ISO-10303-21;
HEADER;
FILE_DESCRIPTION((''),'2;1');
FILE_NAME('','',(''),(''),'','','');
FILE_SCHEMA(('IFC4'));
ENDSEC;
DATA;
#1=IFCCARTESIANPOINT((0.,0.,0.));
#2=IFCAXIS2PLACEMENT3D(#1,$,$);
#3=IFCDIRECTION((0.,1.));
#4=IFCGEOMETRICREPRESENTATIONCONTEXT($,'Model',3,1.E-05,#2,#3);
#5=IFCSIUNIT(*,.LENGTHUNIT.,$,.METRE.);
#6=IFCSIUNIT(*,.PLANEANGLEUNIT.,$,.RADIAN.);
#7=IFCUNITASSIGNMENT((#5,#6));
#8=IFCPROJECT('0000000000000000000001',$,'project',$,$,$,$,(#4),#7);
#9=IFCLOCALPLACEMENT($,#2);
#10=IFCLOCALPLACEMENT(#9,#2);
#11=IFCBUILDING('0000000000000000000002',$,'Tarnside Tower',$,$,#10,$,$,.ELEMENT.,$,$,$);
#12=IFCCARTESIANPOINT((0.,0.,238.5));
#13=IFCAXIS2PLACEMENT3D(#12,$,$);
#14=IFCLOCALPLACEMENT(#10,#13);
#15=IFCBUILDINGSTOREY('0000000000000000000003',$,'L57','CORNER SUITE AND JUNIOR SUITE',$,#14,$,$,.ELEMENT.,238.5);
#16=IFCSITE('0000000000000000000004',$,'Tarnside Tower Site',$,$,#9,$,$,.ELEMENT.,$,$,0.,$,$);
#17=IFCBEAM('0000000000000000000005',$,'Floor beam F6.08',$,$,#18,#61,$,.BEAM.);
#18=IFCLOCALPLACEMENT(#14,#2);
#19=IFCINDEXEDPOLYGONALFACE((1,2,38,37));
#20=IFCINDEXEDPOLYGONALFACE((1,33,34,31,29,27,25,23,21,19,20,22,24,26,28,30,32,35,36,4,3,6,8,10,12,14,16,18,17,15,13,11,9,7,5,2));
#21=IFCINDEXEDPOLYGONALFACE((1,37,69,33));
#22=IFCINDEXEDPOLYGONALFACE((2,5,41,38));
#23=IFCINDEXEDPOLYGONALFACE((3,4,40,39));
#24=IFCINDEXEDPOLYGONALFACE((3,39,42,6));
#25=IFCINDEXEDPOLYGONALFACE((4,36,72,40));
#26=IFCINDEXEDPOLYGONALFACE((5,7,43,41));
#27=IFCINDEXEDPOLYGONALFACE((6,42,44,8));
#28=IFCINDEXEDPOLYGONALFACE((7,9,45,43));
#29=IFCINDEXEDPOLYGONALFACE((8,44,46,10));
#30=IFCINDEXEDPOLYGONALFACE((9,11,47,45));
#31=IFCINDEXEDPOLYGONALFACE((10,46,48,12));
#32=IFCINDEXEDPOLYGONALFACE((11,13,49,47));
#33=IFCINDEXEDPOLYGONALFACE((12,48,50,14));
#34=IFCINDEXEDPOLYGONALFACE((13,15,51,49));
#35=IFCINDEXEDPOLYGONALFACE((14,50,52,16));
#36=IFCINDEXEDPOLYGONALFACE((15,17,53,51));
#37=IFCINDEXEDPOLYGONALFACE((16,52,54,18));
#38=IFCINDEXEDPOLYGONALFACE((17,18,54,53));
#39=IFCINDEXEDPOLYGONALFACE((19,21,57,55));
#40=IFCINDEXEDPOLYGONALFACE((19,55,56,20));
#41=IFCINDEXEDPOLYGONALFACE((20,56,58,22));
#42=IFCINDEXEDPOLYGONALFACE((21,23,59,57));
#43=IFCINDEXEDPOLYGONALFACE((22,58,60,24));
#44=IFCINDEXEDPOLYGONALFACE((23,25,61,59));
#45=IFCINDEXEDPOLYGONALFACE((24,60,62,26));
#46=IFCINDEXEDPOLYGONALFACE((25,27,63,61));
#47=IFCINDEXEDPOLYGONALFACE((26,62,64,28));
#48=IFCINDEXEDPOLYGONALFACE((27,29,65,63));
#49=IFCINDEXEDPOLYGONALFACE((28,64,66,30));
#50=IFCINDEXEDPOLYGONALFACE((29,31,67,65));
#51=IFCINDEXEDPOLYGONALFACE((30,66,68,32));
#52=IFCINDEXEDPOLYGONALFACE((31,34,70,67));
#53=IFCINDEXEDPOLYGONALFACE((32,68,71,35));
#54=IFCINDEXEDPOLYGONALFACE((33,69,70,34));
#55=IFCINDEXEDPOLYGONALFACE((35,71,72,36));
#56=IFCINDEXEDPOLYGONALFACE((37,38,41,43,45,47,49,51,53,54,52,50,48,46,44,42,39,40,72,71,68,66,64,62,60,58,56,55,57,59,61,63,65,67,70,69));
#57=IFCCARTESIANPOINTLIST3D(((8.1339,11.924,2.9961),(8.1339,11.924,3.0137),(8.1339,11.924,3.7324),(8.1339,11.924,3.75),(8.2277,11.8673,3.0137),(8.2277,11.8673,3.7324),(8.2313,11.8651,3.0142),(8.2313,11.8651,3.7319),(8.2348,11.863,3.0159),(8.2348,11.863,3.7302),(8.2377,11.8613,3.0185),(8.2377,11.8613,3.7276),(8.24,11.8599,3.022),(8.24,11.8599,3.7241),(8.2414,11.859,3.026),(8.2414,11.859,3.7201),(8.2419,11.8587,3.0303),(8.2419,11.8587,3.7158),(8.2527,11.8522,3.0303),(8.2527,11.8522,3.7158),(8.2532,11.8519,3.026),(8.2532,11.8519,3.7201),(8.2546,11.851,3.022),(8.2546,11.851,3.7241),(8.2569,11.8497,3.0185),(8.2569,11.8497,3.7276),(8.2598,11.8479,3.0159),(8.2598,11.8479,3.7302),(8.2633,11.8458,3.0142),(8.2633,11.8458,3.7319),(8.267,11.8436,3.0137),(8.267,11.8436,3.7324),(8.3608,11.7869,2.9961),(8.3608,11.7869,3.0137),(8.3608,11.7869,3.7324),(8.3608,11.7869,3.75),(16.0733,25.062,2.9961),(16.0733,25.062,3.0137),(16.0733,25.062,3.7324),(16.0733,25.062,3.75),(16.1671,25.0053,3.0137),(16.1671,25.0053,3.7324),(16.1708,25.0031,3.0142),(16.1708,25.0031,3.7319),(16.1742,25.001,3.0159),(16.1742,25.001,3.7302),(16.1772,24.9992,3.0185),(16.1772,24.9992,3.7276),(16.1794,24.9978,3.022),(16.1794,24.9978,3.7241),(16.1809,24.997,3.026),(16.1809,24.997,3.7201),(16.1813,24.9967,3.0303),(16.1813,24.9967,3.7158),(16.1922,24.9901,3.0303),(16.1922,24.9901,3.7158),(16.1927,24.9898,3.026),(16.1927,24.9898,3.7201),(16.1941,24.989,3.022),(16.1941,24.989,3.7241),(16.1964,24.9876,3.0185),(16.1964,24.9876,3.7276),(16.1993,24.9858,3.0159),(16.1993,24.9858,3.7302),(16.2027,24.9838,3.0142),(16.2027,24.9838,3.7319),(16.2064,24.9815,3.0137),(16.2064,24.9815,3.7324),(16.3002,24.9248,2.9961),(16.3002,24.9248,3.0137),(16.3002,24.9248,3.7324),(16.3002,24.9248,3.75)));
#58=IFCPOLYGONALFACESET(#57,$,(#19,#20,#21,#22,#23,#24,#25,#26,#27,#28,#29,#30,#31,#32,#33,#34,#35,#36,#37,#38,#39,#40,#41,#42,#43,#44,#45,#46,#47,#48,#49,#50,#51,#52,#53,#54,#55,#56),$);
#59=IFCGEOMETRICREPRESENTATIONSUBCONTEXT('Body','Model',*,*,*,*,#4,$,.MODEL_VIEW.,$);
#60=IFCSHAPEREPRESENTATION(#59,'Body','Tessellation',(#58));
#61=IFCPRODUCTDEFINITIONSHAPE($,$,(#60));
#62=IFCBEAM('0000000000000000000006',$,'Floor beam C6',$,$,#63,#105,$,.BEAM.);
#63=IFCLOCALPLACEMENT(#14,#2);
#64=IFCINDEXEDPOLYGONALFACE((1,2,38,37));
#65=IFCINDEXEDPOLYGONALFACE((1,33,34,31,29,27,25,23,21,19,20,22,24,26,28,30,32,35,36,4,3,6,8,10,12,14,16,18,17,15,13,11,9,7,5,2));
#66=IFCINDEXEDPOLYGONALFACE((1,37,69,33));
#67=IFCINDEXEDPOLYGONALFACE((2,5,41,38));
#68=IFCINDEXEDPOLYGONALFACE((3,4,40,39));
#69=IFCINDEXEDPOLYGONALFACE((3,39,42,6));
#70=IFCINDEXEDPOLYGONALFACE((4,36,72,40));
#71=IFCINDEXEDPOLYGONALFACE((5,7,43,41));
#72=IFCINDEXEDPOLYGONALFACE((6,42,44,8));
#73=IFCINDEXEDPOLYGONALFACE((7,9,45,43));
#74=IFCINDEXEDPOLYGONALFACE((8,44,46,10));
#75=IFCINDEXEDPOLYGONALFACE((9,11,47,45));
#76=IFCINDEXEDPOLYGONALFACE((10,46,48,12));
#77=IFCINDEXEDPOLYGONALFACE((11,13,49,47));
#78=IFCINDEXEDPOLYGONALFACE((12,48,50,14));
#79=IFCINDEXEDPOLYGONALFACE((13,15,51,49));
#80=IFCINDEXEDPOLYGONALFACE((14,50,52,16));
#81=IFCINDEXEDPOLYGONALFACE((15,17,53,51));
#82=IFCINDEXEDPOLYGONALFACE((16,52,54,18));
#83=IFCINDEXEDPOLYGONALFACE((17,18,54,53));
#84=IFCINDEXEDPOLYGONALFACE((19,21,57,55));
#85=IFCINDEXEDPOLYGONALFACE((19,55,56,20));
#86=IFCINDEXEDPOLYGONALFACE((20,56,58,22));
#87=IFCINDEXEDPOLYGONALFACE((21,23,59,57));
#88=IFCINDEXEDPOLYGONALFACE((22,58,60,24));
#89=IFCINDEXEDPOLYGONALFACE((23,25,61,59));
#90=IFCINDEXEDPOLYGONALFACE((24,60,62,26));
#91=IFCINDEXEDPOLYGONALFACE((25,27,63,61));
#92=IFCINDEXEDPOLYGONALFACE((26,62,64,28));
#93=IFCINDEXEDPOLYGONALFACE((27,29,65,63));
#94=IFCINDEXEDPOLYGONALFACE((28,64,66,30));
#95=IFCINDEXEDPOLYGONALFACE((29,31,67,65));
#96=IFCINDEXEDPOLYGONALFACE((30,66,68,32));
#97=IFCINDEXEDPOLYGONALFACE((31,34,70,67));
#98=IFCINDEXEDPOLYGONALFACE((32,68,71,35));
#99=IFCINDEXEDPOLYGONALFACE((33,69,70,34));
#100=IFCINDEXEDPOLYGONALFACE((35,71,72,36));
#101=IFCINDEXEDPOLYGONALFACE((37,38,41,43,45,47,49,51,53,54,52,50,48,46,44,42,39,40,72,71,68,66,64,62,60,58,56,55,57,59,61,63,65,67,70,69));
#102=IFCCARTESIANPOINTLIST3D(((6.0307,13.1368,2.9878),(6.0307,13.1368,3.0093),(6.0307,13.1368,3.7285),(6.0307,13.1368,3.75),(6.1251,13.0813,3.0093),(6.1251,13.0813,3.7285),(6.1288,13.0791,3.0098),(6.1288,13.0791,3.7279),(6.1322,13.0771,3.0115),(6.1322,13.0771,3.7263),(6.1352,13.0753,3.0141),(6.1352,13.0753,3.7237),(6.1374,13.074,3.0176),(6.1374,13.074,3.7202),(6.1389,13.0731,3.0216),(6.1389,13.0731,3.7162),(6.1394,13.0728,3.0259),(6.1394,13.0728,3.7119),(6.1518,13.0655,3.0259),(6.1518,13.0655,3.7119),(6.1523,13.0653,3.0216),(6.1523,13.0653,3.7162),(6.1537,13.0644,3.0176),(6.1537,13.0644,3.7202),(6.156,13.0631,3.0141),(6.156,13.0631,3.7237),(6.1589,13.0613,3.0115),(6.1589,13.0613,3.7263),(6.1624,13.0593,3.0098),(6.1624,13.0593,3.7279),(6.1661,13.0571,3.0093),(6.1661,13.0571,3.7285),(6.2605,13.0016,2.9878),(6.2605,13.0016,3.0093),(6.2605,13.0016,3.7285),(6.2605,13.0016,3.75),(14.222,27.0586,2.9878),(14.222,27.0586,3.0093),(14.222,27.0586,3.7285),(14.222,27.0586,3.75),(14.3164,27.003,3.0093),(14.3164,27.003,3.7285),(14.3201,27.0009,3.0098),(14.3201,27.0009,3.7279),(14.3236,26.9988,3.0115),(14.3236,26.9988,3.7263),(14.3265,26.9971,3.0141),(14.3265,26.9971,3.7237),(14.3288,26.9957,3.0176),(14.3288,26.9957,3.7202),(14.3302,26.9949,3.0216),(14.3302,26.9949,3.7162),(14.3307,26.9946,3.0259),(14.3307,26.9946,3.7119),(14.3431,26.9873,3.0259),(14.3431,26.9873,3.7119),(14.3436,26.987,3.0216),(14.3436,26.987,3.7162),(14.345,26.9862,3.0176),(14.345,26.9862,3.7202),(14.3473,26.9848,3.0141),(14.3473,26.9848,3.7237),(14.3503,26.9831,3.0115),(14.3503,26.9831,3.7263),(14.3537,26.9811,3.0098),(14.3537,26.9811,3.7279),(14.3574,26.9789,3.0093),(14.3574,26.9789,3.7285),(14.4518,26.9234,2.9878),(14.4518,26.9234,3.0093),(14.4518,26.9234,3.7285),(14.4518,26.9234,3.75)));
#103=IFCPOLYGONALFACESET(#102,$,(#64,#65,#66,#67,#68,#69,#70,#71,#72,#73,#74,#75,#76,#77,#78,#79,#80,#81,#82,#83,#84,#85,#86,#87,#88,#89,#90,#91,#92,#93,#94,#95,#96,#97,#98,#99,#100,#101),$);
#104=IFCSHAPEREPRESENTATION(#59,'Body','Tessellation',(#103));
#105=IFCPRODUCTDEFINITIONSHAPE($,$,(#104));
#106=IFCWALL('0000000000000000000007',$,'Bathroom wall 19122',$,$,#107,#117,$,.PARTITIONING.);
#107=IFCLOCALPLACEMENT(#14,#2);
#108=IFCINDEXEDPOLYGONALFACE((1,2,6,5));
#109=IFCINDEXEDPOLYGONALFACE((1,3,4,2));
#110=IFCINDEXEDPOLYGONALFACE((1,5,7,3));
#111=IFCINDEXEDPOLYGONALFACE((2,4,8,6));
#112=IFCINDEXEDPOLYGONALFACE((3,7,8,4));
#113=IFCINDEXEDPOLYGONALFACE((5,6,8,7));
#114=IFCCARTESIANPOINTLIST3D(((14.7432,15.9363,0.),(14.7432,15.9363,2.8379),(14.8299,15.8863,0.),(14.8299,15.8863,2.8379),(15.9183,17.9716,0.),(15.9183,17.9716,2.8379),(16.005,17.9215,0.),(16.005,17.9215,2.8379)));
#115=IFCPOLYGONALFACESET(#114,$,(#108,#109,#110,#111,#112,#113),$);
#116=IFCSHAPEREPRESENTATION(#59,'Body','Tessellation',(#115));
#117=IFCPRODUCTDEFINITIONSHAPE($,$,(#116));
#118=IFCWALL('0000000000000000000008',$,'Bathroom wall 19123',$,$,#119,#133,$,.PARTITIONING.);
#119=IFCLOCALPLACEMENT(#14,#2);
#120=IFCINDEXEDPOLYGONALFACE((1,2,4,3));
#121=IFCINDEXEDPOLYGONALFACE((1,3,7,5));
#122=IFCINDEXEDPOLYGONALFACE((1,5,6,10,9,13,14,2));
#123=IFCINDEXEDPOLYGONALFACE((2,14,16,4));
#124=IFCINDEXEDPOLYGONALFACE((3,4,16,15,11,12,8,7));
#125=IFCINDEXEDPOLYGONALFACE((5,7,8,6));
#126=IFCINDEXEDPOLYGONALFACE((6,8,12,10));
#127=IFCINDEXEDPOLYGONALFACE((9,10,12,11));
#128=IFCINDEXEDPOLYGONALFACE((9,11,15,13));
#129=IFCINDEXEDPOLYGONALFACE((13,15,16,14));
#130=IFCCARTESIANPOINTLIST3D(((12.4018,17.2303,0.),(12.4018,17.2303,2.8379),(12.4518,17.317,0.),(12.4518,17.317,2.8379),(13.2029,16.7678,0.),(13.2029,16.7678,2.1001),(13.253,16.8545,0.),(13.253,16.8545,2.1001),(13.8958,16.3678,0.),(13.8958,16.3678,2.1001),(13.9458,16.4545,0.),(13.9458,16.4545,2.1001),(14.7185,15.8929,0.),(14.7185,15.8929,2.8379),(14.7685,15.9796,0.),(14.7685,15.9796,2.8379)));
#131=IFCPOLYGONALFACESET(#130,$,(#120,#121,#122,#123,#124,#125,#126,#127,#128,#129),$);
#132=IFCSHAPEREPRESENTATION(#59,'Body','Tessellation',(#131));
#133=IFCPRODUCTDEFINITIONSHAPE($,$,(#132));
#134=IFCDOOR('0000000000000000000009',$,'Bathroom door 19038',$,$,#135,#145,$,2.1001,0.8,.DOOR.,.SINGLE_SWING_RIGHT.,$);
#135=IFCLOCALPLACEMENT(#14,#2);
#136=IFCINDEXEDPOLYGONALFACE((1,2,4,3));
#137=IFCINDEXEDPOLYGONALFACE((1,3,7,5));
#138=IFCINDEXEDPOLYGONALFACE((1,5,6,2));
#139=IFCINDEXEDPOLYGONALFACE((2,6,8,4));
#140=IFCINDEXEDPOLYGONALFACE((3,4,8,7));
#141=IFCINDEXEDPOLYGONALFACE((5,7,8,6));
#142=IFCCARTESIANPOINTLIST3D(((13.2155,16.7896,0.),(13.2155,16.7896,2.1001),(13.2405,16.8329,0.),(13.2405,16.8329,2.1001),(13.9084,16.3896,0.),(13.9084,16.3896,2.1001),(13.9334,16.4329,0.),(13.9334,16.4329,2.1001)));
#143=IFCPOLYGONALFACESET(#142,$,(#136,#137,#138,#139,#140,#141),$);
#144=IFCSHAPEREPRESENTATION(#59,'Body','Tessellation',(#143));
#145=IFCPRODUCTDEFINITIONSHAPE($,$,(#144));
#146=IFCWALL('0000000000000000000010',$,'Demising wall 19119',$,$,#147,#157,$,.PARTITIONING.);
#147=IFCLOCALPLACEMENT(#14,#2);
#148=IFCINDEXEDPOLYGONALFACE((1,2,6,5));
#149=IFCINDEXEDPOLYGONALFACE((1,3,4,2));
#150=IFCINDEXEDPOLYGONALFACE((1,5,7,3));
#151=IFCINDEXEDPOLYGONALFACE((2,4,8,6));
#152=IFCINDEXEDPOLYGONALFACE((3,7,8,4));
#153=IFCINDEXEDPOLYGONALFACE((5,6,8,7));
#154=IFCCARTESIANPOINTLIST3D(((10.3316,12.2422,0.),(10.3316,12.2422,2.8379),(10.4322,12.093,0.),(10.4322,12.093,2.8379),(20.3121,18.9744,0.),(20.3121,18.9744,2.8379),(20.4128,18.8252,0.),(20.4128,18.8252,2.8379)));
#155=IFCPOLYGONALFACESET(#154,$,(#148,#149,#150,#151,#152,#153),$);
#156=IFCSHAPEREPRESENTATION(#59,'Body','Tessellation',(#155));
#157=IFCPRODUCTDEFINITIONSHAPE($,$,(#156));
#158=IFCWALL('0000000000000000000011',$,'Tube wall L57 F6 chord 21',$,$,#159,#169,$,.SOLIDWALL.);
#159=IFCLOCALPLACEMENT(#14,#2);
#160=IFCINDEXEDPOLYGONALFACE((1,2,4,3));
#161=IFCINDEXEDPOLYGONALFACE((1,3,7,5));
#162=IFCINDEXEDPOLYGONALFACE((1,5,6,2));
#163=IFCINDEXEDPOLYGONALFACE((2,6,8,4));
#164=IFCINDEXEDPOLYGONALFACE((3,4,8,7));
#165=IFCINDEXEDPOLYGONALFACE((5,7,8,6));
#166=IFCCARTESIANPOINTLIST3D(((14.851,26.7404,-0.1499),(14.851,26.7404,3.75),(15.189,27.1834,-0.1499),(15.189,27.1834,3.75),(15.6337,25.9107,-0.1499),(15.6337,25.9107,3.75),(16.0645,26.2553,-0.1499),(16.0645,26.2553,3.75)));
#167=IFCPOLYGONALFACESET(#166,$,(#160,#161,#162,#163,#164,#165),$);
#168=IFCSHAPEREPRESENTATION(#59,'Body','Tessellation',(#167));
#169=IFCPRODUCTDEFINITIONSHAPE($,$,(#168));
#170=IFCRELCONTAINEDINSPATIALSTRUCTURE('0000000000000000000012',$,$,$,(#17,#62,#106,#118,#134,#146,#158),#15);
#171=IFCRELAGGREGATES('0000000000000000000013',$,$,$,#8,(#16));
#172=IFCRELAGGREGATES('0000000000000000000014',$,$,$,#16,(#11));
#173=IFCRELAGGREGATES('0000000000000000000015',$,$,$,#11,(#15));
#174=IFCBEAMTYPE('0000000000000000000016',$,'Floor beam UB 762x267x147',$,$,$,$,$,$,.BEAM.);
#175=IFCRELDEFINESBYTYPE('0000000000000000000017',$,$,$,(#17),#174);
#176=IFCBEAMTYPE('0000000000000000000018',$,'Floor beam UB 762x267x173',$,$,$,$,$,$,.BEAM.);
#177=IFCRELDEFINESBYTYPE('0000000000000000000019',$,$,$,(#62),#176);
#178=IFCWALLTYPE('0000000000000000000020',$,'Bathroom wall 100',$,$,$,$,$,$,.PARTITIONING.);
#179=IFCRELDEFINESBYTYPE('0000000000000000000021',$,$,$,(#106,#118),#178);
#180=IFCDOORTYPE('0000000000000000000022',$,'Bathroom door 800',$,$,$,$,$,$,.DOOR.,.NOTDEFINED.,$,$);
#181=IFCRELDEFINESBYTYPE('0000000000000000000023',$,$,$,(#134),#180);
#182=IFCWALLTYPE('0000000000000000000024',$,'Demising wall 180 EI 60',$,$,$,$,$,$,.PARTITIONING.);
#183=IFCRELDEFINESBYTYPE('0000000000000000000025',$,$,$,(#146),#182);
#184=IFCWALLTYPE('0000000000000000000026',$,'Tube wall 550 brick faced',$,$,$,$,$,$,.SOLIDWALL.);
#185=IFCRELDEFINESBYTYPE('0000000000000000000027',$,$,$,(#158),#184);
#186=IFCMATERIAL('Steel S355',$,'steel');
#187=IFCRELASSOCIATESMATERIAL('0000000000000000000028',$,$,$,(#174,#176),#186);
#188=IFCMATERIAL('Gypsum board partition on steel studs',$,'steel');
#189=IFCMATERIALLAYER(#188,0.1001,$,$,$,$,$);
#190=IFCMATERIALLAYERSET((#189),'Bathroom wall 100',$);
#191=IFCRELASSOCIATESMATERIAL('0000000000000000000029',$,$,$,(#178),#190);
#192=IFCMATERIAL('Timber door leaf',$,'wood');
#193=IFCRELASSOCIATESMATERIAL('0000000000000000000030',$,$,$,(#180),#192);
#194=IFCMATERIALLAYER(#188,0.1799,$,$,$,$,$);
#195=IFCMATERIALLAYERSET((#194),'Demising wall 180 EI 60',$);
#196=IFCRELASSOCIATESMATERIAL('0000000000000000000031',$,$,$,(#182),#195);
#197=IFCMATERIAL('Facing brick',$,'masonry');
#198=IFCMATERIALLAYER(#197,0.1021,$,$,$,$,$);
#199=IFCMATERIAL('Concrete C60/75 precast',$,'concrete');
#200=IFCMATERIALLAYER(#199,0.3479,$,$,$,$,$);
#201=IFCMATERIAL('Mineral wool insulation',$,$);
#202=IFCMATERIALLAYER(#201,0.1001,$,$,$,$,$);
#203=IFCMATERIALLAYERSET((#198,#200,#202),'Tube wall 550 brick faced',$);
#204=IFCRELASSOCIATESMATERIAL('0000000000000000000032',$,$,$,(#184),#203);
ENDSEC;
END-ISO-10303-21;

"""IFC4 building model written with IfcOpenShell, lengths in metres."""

from ifc_helpers import new_model, si_unit, direction, frame, frame_2d, origin, origin_2d, place, context, subcontext, project, spatial, polyline, rectangle, i_section, outline, extrude, material, layer, layer_set, material_profile, profile_set, type_object, element, fill, save


model = new_model("IFC4")

# Units and contexts
model_context = context("Model", 3, precision=1e-05, world=origin(), true_north=direction((0.0, 1.0)))
body_context = subcontext(model_context, "Body", "Model", "MODEL_VIEW")
ifc_project = project(units=[si_unit("LENGTHUNIT", "METRE"), si_unit("PLANEANGLEUNIT", "RADIAN")], contexts=[model_context])

# Site, building, storey
site_placement = place(None, origin())
site = spatial("IfcSite", under=ifc_project, at=site_placement, Name="Tarnside Tower Site", CompositionType="ELEMENT", RefElevation=0.0)
building_placement = place(site_placement, origin())
building = spatial("IfcBuilding", under=site, at=building_placement, Name="Tarnside Tower", CompositionType="ELEMENT")
storey_placement = place(building_placement, frame((0.0, 0.0, 238.5)))
storey = spatial("IfcBuildingStorey", under=building, at=storey_placement, Name="L57", Description="CORNER SUITE AND JUNIOR SUITE", CompositionType="ELEMENT", Elevation=238.5)

# Beams
ifc_material_1 = material(Name="Steel S355", Category="steel")
ifc_material_profile_1 = material_profile(ifc_material_1, i_section(OverallWidth=0.2651, OverallDepth=0.7539, WebThickness=0.0127, FlangeThickness=0.0176, FilletRadius=0.0166, at=origin_2d()), Name="UB 762x267x147")
ifc_profile_set_1 = profile_set([ifc_material_profile_1], Name="Steel S355")
beam_type_1 = type_object("IfcBeamType", Name="Floor beam UB 762x267x147", PredefinedType="BEAM", material=ifc_profile_set_1)
beam_1_placement = place(storey_placement, frame((16.1868, 24.9934, 3.373), z_axis=(-0.517209, -0.855859, 0.0), x_axis=(0.855859, -0.517209, 0.0)))
element("IfcBeam", 1, at=beam_1_placement, inside=storey, type_object=beam_type_1, Name="Floor beam F6.08", PredefinedType="BEAM", context=body_context, shape_type="SweptSolid", body=[
    extrude(i_section(OverallWidth=0.2651, OverallDepth=0.7539, WebThickness=0.0127, FlangeThickness=0.0176, FilletRadius=0.0166, at=origin_2d()), origin(), (0.0, 0.0, 1.0), 15.3506),
])
ifc_material_profile_2 = material_profile(ifc_material_1, i_section(OverallWidth=0.2666, OverallDepth=0.7622, WebThickness=0.0144, FlangeThickness=0.0215, FilletRadius=0.0166, at=origin_2d()), Name="UB 762x267x173")
ifc_profile_set_2 = profile_set([ifc_material_profile_2], Name="Steel S355")
beam_type_2 = type_object("IfcBeamType", Name="Floor beam UB 762x267x173", PredefinedType="BEAM", material=ifc_profile_set_2)
beam_2_placement = place(storey_placement, frame((14.3369, 26.991, 3.3689), z_axis=(-0.507115, -0.861878, 0.0), x_axis=(0.861878, -0.507115, 0.0)))
element("IfcBeam", 2, at=beam_2_placement, inside=storey, type_object=beam_type_2, Name="Floor beam C6", PredefinedType="BEAM", context=body_context, shape_type="SweptSolid", body=[
    extrude(i_section(OverallWidth=0.2666, OverallDepth=0.7622, WebThickness=0.0144, FlangeThickness=0.0215, FilletRadius=0.0166, at=origin_2d()), origin(), (0.0, 0.0, 1.0), 16.1528),
])

# Wall
ifc_material_2 = material(Name="Gypsum board partition on steel studs", Category="steel")
ifc_layer_1 = layer(ifc_material_2, 0.1001)
ifc_layer_set_1 = layer_set([ifc_layer_1], Name="Bathroom wall 100")
wall_type_1 = type_object("IfcWallType", Name="Bathroom wall 100", PredefinedType="PARTITIONING", material=ifc_layer_set_1)
wall_1_placement = place(storey_placement, frame((15.9617, 17.9465, 0.0), z_axis=(0.0, 0.0, 1.0), x_axis=(-0.500016, -0.866016, 0.0)))
element("IfcWall", 3, at=wall_1_placement, inside=storey, type_object=wall_type_1, Name="Bathroom wall 19122", PredefinedType="PARTITIONING", context=body_context, shape_type="SweptSolid", body=[
    extrude(rectangle(XDim=2.3501, YDim=0.1001, at=frame_2d((1.175, 0.0))), origin(), (0.0, 0.0, 1.0), 2.8379),
])

# Wall, opening, door
wall_2_placement = place(storey_placement, frame((14.7434, 15.9363, 0.0), z_axis=(0.0, 0.0, 1.0), x_axis=(-0.866044, 0.499967, 0.0)))
wall_2 = element("IfcWall", 4, at=wall_2_placement, inside=storey, type_object=wall_type_1, Name="Bathroom wall 19123", PredefinedType="PARTITIONING", context=body_context, shape_type="SweptSolid", body=[
    extrude(rectangle(XDim=2.675, YDim=0.1001, at=frame_2d((1.3374, 0.0))), origin(), (0.0, 0.0, 1.0), 2.8379),
])
opening_placement = place(wall_2_placement, frame((0.95, 0.0, 0.0)))
opening = element("IfcOpeningElement", 5, at=opening_placement, cuts=wall_2, PredefinedType="OPENING", context=body_context, shape_type="SweptSolid", body=[
    extrude(rectangle(XDim=0.8, YDim=2.1001, at=frame_2d((0.3999, 1.05))), frame((0.0, 0.0601, 0.0), z_axis=(0.0, -1.0, 0.0), x_axis=(1.0, 0.0, 0.0)), (0.0, 0.0, 1.0), 0.1201),
])
ifc_material_3 = material(Name="Timber door leaf", Category="wood")
door_type = type_object("IfcDoorType", Name="Bathroom door 800", OperationType="NOTDEFINED", PredefinedType="DOOR", material=ifc_material_3)
door_placement = place(opening_placement, origin())
door = element("IfcDoor", 6, at=door_placement, inside=storey, type_object=door_type, Name="Bathroom door 19038", OperationType="SINGLE_SWING_RIGHT", OverallHeight=2.1001, OverallWidth=0.8, PredefinedType="DOOR", context=body_context, shape_type="SweptSolid", body=[
    extrude(rectangle(XDim=0.8, YDim=2.1001, at=frame_2d((0.3999, 1.05))), frame((0.0, 0.0249, 0.0), z_axis=(0.0, -1.0, 0.0), x_axis=(1.0, 0.0, 0.0)), (0.0, 0.0, 1.0), 0.05),
])
fill(opening, door)

# Walls
ifc_layer_2 = layer(ifc_material_2, 0.1799)
ifc_layer_set_2 = layer_set([ifc_layer_2], Name="Demising wall 180 EI 60")
wall_type_2 = type_object("IfcWallType", Name="Demising wall 180 EI 60", PredefinedType="PARTITIONING", material=ifc_layer_set_2)
wall_3_placement = place(storey_placement, frame((20.3625, 18.8999, 0.0), z_axis=(0.0, 0.0, 1.0), x_axis=(-0.829027, -0.559208, 0.0)))
element("IfcWall", 7, at=wall_3_placement, inside=storey, type_object=wall_type_2, Name="Demising wall 19119", PredefinedType="PARTITIONING", context=body_context, shape_type="SweptSolid", body=[
    extrude(rectangle(XDim=12.0388, YDim=0.1799, at=frame_2d((6.0195, 0.0))), origin(), (0.0, 0.0, 1.0), 2.8379),
])
ifc_material_4 = material(Name="Facing brick", Category="masonry")
ifc_layer_3 = layer(ifc_material_4, 0.1021)
ifc_material_5 = material(Name="Concrete C60/75 precast", Category="concrete")
ifc_layer_4 = layer(ifc_material_5, 0.3479)
ifc_material_6 = material(Name="Mineral wool insulation")
ifc_layer_5 = layer(ifc_material_6, 0.1001)
ifc_layer_set_3 = layer_set([ifc_layer_3, ifc_layer_4, ifc_layer_5], Name="Tube wall 550 brick faced")
wall_type_3 = type_object("IfcWallType", Name="Tube wall 550 brick faced", PredefinedType="SOLIDWALL", material=ifc_layer_set_3)
wall_4_placement = place(storey_placement, frame((15.8491, 26.083, -0.1499), z_axis=(0.0, 0.0, 1.0), x_axis=(-0.686196, 0.727416, 0.0)))
element("IfcWall", 8, at=wall_4_placement, inside=storey, type_object=wall_type_3, Name="Tube wall L57 F6 chord 21", PredefinedType="SOLIDWALL", context=body_context, shape_type="SweptSolid", body=[
    extrude(outline(polyline([(-0.0225, -0.2749), (1.2534, -0.2749), (1.1631, 0.2749), (0.0225, 0.2749), (-0.0225, -0.2749)])), origin(), (0.0, 0.0, 1.0), 3.8999),
])

save(model, "model.ifc")
